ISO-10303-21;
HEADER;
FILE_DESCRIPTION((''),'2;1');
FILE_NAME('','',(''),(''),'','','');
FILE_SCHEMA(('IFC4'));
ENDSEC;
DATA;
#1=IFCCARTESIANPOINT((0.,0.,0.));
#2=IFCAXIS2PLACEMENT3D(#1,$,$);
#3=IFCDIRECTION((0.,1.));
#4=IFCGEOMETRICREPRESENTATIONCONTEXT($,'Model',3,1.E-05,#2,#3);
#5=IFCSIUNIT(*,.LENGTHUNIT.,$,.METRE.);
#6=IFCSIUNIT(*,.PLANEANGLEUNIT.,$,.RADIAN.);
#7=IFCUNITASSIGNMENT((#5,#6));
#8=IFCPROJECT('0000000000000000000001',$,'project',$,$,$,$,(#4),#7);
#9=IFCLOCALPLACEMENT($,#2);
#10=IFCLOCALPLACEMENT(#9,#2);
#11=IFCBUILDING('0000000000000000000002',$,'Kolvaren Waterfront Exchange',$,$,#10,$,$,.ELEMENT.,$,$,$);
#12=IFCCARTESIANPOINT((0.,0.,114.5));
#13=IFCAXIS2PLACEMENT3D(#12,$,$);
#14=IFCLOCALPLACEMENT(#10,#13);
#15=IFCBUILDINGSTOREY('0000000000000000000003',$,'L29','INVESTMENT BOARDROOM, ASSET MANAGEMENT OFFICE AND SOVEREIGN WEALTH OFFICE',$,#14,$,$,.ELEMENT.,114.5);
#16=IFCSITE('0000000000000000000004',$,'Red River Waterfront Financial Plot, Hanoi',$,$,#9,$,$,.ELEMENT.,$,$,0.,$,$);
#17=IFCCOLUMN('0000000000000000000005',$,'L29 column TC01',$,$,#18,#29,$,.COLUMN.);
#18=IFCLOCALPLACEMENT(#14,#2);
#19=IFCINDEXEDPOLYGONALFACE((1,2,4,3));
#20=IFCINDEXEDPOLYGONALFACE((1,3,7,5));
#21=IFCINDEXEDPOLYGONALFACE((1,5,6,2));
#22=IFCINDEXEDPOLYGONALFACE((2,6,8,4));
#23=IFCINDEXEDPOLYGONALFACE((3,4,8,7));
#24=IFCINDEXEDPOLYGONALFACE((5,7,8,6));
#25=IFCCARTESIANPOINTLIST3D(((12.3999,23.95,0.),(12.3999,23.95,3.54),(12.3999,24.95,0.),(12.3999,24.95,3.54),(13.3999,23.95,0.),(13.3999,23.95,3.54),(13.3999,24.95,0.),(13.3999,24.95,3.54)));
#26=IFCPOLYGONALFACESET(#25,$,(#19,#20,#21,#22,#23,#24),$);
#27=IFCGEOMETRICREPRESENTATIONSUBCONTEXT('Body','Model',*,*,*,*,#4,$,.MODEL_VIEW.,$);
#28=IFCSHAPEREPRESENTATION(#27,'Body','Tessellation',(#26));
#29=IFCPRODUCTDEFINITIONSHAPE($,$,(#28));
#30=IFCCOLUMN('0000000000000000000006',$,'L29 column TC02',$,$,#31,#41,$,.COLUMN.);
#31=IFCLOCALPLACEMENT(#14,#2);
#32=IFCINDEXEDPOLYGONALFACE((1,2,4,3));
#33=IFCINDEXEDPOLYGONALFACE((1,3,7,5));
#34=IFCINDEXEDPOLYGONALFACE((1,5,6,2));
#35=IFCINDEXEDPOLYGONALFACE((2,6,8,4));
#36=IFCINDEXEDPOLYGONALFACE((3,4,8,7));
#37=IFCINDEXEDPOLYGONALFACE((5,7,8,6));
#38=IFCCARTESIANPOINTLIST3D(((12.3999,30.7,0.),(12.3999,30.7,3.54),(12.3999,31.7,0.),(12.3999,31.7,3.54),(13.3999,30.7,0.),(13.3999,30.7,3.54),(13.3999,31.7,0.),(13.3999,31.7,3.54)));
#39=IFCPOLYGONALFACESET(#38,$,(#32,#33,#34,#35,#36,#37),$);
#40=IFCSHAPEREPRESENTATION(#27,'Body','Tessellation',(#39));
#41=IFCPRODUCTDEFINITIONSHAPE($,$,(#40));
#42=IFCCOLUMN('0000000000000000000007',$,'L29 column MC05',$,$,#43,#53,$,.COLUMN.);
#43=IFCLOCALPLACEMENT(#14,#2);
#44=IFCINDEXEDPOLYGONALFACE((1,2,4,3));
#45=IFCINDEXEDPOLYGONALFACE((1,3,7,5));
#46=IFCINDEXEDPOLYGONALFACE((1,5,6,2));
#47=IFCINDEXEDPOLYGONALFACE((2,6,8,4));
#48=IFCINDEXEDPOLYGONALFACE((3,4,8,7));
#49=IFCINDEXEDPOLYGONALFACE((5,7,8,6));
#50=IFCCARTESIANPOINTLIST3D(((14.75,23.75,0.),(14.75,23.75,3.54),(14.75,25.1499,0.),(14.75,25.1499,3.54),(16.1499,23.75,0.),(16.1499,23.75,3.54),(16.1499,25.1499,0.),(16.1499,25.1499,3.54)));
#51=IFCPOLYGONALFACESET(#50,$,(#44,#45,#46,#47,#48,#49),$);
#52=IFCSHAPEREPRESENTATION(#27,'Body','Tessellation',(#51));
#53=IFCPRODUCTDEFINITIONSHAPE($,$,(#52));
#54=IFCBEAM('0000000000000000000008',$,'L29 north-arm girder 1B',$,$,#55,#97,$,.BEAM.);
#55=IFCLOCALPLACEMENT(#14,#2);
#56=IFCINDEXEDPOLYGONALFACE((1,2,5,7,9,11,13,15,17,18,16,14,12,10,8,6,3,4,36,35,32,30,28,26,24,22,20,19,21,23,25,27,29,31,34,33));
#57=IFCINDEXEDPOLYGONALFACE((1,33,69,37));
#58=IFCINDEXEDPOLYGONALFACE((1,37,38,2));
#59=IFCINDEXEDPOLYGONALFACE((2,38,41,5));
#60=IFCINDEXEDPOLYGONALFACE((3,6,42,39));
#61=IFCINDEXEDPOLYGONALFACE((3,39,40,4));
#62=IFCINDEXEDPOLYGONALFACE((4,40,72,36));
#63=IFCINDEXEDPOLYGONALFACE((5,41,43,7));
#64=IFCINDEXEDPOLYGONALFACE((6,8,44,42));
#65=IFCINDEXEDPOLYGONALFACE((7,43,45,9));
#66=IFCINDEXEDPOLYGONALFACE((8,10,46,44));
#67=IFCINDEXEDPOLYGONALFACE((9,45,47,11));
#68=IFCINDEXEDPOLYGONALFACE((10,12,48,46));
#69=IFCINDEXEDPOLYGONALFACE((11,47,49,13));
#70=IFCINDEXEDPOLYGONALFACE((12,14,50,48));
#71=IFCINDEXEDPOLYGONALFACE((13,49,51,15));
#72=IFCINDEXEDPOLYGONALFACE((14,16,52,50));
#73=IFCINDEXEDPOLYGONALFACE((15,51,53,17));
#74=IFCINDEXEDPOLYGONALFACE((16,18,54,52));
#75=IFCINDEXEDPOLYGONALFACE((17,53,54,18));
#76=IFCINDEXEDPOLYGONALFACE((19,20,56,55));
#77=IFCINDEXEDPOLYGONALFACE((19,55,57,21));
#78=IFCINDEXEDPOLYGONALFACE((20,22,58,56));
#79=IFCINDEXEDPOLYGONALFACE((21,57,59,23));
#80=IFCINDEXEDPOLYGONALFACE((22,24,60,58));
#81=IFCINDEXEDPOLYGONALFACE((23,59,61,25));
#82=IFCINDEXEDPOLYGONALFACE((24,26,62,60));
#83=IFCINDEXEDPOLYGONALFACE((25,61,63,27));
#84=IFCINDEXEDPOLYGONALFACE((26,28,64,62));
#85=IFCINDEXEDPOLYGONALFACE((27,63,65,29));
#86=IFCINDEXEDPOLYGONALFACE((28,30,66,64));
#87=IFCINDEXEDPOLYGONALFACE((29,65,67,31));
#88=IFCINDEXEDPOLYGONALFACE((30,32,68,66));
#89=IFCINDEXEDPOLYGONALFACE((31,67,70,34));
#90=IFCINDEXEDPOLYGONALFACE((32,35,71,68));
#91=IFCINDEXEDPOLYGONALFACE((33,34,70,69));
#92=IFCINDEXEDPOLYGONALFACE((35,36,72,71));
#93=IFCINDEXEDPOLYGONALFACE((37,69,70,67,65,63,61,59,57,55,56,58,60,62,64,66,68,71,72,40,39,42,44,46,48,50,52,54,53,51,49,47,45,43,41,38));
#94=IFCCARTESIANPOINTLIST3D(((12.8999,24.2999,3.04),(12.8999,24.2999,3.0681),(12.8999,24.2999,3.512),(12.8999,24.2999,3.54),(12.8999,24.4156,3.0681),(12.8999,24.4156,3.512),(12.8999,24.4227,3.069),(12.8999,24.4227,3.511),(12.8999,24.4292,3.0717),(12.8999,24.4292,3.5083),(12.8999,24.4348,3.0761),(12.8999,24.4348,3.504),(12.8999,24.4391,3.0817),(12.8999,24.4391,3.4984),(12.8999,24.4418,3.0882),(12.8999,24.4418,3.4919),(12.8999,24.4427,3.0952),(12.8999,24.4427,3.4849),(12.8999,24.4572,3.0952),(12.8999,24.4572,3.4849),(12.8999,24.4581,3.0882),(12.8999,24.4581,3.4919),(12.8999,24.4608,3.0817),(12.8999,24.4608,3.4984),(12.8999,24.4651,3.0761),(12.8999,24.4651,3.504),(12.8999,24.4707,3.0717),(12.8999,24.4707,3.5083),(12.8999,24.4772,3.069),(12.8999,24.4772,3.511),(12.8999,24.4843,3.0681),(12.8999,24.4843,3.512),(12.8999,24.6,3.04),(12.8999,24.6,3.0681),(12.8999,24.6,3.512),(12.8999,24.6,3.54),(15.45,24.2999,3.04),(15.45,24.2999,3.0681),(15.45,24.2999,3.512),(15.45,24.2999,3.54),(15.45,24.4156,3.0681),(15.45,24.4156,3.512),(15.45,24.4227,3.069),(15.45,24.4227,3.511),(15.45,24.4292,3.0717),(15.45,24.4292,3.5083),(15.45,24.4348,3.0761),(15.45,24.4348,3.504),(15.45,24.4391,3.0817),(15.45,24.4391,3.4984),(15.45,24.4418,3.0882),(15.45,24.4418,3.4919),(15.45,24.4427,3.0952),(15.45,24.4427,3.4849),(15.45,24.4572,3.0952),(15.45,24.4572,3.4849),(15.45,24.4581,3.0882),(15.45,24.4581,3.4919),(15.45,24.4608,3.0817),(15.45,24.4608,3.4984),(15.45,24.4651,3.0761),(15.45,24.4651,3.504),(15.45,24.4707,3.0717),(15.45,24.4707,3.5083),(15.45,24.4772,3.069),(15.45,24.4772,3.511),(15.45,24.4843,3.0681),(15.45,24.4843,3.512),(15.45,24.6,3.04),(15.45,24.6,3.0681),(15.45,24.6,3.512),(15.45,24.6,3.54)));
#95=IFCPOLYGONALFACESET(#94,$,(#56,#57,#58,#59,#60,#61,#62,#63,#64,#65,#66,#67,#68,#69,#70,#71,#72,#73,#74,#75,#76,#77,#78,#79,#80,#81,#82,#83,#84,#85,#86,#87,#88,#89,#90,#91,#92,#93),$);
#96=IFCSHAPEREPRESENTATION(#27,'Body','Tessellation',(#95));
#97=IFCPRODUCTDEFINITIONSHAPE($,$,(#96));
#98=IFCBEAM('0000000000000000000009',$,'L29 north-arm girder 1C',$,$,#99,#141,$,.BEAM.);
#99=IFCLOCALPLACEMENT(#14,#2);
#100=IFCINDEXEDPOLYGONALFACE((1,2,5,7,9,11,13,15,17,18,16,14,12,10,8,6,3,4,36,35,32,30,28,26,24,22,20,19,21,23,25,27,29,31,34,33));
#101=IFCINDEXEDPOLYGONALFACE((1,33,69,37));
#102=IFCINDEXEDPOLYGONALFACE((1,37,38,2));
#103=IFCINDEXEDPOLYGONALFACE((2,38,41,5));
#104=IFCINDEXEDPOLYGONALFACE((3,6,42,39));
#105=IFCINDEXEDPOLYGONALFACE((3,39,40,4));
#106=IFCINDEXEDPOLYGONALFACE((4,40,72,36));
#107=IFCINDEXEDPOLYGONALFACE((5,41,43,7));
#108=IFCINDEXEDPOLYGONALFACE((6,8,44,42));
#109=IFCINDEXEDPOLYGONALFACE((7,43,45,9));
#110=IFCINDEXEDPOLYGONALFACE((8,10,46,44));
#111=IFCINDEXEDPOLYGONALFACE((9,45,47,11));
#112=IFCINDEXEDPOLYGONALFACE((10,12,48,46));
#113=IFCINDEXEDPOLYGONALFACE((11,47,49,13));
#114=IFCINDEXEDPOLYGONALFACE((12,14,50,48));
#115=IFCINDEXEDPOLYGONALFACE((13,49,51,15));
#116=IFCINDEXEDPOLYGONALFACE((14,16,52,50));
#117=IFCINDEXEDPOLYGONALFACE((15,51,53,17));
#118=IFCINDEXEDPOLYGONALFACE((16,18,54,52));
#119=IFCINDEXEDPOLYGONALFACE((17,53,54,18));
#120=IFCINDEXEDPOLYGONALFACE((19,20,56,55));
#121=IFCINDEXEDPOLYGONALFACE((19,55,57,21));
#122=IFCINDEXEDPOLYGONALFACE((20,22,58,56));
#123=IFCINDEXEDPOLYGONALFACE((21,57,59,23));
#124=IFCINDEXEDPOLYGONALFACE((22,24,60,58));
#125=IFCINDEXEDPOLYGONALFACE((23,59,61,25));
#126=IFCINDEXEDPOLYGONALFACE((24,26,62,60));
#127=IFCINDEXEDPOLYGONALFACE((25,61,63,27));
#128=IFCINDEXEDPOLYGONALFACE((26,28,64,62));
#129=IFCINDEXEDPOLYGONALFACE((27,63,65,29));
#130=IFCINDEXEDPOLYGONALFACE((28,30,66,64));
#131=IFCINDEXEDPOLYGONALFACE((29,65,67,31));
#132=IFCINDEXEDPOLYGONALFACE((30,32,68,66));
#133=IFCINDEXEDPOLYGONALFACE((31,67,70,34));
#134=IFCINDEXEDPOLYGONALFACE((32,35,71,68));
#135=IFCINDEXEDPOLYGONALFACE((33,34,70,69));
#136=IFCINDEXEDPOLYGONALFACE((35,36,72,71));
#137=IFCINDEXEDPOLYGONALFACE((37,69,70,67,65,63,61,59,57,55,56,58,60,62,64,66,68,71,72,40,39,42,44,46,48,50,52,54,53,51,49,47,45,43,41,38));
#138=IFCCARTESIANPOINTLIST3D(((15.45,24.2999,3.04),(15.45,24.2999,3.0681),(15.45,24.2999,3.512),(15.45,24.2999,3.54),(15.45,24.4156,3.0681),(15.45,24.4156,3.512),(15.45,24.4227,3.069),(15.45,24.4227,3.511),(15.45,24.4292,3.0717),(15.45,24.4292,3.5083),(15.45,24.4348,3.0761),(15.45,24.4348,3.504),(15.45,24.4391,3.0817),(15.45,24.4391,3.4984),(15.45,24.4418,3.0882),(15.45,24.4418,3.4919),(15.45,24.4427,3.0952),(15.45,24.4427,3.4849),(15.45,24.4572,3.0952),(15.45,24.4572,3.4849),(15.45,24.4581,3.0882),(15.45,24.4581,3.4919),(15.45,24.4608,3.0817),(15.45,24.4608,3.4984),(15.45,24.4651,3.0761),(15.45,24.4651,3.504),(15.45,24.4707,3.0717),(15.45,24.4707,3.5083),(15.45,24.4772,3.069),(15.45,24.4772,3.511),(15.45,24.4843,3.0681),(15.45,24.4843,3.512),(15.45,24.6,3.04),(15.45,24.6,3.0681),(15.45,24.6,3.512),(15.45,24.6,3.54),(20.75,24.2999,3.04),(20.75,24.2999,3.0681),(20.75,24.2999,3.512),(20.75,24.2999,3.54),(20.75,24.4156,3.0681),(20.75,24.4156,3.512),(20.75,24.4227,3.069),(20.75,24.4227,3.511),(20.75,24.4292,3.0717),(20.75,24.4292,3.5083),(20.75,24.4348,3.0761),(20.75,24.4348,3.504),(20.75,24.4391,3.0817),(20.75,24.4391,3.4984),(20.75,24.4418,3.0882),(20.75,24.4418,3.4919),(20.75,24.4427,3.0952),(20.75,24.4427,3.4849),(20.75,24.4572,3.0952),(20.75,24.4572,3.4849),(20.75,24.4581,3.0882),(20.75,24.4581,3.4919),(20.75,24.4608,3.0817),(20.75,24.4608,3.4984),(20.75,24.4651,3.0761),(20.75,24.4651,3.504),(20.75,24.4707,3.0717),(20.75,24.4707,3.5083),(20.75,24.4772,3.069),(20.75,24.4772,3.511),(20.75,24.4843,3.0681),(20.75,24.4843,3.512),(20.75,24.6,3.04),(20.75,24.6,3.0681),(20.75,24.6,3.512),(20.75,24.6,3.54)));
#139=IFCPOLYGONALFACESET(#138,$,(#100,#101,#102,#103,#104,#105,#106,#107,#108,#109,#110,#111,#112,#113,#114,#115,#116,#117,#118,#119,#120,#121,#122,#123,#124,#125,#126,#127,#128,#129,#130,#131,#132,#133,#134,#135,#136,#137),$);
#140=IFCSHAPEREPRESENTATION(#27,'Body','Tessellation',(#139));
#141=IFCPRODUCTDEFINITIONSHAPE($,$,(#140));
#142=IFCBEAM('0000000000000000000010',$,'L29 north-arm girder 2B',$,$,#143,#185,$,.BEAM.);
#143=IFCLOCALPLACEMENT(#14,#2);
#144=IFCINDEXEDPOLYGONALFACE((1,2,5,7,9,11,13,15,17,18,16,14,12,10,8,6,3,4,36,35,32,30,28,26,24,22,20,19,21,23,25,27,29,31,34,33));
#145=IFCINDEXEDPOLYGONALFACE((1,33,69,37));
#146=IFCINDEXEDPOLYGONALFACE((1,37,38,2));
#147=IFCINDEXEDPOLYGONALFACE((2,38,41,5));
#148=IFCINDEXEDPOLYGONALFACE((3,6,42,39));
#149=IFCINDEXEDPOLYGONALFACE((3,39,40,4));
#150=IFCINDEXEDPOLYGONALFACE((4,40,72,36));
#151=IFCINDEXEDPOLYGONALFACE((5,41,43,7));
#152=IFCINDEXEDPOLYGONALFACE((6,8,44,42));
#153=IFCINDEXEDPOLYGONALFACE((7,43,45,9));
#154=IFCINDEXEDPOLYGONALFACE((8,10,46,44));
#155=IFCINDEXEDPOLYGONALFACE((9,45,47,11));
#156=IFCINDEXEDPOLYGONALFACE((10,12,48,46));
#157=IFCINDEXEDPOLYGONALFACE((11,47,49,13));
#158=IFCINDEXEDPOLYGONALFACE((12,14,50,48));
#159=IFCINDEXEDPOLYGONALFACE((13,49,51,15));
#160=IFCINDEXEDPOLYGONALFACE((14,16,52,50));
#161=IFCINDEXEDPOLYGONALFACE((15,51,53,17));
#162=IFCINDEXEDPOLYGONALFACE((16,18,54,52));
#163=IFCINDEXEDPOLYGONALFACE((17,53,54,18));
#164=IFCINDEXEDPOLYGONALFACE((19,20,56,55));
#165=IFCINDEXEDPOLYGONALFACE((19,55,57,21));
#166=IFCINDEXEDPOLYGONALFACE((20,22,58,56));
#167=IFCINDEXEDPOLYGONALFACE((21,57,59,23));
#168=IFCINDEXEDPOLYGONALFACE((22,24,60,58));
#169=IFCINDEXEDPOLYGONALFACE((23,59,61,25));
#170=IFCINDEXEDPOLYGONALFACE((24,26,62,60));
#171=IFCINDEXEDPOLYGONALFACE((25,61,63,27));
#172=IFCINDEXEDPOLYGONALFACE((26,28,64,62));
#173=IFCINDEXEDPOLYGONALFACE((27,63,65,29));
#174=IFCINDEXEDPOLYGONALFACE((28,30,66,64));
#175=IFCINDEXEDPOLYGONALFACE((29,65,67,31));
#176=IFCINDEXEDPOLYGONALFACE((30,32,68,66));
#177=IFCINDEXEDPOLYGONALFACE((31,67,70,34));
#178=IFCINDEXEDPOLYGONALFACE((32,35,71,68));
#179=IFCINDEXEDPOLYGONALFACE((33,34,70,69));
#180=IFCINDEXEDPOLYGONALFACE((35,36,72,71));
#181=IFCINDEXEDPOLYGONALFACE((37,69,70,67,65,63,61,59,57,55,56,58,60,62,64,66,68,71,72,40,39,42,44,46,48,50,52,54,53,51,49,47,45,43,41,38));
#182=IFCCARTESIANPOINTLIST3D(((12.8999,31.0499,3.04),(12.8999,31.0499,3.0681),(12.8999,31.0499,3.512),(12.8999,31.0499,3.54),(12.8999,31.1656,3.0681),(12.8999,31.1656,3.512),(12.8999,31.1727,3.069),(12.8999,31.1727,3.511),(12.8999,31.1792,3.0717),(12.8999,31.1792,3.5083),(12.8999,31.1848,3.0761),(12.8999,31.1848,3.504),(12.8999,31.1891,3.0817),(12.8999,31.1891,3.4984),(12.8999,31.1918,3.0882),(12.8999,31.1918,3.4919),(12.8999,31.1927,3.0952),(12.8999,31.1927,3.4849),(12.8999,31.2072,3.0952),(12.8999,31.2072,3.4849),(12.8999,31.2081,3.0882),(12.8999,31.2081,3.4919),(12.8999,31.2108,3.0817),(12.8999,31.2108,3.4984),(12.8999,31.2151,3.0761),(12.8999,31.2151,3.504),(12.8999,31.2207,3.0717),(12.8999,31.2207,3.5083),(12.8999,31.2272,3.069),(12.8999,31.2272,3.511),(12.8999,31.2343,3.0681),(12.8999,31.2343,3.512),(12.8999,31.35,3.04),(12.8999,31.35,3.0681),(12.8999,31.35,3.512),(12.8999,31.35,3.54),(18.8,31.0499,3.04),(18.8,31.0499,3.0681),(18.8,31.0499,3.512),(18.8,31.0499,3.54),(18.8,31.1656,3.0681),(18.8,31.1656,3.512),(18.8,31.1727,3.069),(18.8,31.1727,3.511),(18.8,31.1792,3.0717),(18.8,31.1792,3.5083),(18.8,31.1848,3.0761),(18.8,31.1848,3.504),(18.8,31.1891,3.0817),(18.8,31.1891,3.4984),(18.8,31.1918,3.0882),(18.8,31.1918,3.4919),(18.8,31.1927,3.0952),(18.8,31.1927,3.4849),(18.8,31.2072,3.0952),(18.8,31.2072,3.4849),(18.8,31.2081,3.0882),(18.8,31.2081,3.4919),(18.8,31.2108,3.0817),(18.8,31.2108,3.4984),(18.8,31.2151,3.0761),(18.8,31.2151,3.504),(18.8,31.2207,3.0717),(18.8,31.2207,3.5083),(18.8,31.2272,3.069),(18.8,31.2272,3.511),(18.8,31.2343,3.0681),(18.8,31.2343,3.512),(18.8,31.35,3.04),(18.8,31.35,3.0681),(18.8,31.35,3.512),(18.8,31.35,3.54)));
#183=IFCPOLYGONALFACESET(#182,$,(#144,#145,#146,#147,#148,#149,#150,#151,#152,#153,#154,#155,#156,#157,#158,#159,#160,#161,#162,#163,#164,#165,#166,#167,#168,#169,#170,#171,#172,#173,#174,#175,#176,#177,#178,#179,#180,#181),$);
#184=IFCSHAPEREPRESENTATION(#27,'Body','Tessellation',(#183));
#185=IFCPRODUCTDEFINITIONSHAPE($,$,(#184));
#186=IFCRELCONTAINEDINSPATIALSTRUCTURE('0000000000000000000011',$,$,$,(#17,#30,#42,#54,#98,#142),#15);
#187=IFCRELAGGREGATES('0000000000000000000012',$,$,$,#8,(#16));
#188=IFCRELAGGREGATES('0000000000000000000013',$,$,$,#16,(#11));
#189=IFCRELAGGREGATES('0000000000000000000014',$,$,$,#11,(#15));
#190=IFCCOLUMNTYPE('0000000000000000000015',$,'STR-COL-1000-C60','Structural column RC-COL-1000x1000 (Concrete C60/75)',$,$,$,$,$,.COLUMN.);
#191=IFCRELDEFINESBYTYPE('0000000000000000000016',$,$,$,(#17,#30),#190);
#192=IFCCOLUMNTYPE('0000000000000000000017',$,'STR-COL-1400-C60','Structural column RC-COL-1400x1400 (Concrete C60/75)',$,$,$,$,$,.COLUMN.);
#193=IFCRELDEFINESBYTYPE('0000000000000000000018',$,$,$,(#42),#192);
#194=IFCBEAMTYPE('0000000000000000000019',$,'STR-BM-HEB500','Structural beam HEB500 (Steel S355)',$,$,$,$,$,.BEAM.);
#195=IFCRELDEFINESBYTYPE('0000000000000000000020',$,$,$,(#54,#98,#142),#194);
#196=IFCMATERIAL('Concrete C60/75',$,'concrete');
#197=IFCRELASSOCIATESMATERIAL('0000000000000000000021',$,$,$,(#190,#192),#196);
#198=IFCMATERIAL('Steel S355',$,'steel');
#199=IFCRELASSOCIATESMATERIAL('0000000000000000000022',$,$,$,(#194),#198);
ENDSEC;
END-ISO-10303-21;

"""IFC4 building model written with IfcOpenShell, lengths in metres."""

from ifc_helpers import new_model, si_unit, direction, frame, origin, origin_2d, place, context, subcontext, project, spatial, rectangle, i_section, extrude, material, material_profile, profile_set, type_object, element, save


model = new_model("IFC4")

# Units and contexts
model_context = context("Model", 3, precision=1e-05, world=origin(), true_north=direction((0.0, 1.0)))
body_context = subcontext(model_context, "Body", "Model", "MODEL_VIEW")
ifc_project = project(units=[si_unit("LENGTHUNIT", "METRE"), si_unit("PLANEANGLEUNIT", "RADIAN")], contexts=[model_context])

# Site, building, storey
site_placement = place(None, origin())
site = spatial("IfcSite", under=ifc_project, at=site_placement, Name="Red River Waterfront Financial Plot, Hanoi", CompositionType="ELEMENT", RefElevation=0.0)
building_placement = place(site_placement, origin())
building = spatial("IfcBuilding", under=site, at=building_placement, Name="Kolvaren Waterfront Exchange", CompositionType="ELEMENT")
storey_placement = place(building_placement, frame((0.0, 0.0, 114.5)))
storey = spatial("IfcBuildingStorey", under=building, at=storey_placement, Name="L29", Description="INVESTMENT BOARDROOM, ASSET MANAGEMENT OFFICE AND SOVEREIGN WEALTH OFFICE", CompositionType="ELEMENT", Elevation=114.5)

# Columns
ifc_material_1 = material(Name="Concrete C60/75", Category="concrete")
ifc_material_profile_1 = material_profile(ifc_material_1, rectangle(XDim=1.0, YDim=1.0, at=origin_2d()), Name="RC-COL-1000x1000")
ifc_profile_set_1 = profile_set([ifc_material_profile_1], Name="Concrete C60/75")
column_type_1 = type_object("IfcColumnType", Name="STR-COL-1000-C60", Description="Structural column RC-COL-1000x1000 (Concrete C60/75)", PredefinedType="COLUMN", material=ifc_profile_set_1)
for number, where, z_axis, x_axis, name in (
    (1, (12.8999, 24.45, 0.0), (0.0, 0.0, 1.0), (1.0, 0.0, 0.0), "L29 column TC01"),
    (2, (12.8999, 31.2, 0.0), (0.0, 0.0, 1.0), (1.0, 0.0, 0.0), "L29 column TC02"),
):
    element("IfcColumn", number, at=place(storey_placement, frame(where, z_axis=z_axis, x_axis=x_axis)), inside=storey, type_object=column_type_1, Name=name, PredefinedType="COLUMN", context=body_context, shape_type="SweptSolid", body=[
        extrude(rectangle(XDim=1.0, YDim=1.0, at=origin_2d()), origin(), (0.0, 0.0, 1.0), 3.54),
    ])
ifc_material_profile_2 = material_profile(ifc_material_1, rectangle(XDim=1.3999, YDim=1.3999, at=origin_2d()), Name="RC-COL-1400x1400")
ifc_profile_set_2 = profile_set([ifc_material_profile_2], Name="Concrete C60/75")
column_type_2 = type_object("IfcColumnType", Name="STR-COL-1400-C60", Description="Structural column RC-COL-1400x1400 (Concrete C60/75)", PredefinedType="COLUMN", material=ifc_profile_set_2)
column_placement = place(storey_placement, frame((15.45, 24.45, 0.0), z_axis=(0.0, 0.0, 1.0), x_axis=(1.0, 0.0, 0.0)))
element("IfcColumn", 3, at=column_placement, inside=storey, type_object=column_type_2, Name="L29 column MC05", PredefinedType="COLUMN", context=body_context, shape_type="SweptSolid", body=[
    extrude(rectangle(XDim=1.3999, YDim=1.3999, at=origin_2d()), origin(), (0.0, 0.0, 1.0), 3.54),
])

# Beams
ifc_material_2 = material(Name="Steel S355", Category="steel")
ifc_material_profile_3 = material_profile(ifc_material_2, i_section(OverallWidth=0.3, OverallDepth=0.5, WebThickness=0.0144, FlangeThickness=0.0281, FilletRadius=0.0271, at=origin_2d()), Name="HEB500")
ifc_profile_set_3 = profile_set([ifc_material_profile_3], Name="Steel S355")
beam_type_1 = type_object("IfcBeamType", Name="STR-BM-HEB500", Description="Structural beam HEB500 (Steel S355)", PredefinedType="BEAM", material=ifc_profile_set_3)
beam_1_placement = place(storey_placement, frame((12.8999, 24.45, 3.29), z_axis=(1.0, 0.0, 0.0), x_axis=(0.0, 1.0, 0.0)))
element("IfcBeam", 4, at=beam_1_placement, inside=storey, type_object=beam_type_1, Name="L29 north-arm girder 1B", PredefinedType="BEAM", context=body_context, shape_type="SweptSolid", body=[
    extrude(i_section(OverallWidth=0.3, OverallDepth=0.5, WebThickness=0.0144, FlangeThickness=0.0281, FilletRadius=0.0271, at=origin_2d()), origin(), (0.0, 0.0, 1.0), 2.55),
])
beam_2_placement = place(storey_placement, frame((15.45, 24.45, 3.29), z_axis=(1.0, 0.0, 0.0), x_axis=(0.0, 1.0, 0.0)))
element("IfcBeam", 5, at=beam_2_placement, inside=storey, type_object=beam_type_1, Name="L29 north-arm girder 1C", PredefinedType="BEAM", context=body_context, shape_type="SweptSolid", body=[
    extrude(i_section(OverallWidth=0.3, OverallDepth=0.5, WebThickness=0.0144, FlangeThickness=0.0281, FilletRadius=0.0271, at=origin_2d()), origin(), (0.0, 0.0, 1.0), 5.3),
])
beam_3_placement = place(storey_placement, frame((12.8999, 31.2, 3.29), z_axis=(1.0, 0.0, 0.0), x_axis=(0.0, 1.0, 0.0)))
element("IfcBeam", 6, at=beam_3_placement, inside=storey, type_object=beam_type_1, Name="L29 north-arm girder 2B", PredefinedType="BEAM", context=body_context, shape_type="SweptSolid", body=[
    extrude(i_section(OverallWidth=0.3, OverallDepth=0.5, WebThickness=0.0144, FlangeThickness=0.0281, FilletRadius=0.0271, at=origin_2d()), origin(), (0.0, 0.0, 1.0), 5.9001),
])

save(model, "model.ifc")
